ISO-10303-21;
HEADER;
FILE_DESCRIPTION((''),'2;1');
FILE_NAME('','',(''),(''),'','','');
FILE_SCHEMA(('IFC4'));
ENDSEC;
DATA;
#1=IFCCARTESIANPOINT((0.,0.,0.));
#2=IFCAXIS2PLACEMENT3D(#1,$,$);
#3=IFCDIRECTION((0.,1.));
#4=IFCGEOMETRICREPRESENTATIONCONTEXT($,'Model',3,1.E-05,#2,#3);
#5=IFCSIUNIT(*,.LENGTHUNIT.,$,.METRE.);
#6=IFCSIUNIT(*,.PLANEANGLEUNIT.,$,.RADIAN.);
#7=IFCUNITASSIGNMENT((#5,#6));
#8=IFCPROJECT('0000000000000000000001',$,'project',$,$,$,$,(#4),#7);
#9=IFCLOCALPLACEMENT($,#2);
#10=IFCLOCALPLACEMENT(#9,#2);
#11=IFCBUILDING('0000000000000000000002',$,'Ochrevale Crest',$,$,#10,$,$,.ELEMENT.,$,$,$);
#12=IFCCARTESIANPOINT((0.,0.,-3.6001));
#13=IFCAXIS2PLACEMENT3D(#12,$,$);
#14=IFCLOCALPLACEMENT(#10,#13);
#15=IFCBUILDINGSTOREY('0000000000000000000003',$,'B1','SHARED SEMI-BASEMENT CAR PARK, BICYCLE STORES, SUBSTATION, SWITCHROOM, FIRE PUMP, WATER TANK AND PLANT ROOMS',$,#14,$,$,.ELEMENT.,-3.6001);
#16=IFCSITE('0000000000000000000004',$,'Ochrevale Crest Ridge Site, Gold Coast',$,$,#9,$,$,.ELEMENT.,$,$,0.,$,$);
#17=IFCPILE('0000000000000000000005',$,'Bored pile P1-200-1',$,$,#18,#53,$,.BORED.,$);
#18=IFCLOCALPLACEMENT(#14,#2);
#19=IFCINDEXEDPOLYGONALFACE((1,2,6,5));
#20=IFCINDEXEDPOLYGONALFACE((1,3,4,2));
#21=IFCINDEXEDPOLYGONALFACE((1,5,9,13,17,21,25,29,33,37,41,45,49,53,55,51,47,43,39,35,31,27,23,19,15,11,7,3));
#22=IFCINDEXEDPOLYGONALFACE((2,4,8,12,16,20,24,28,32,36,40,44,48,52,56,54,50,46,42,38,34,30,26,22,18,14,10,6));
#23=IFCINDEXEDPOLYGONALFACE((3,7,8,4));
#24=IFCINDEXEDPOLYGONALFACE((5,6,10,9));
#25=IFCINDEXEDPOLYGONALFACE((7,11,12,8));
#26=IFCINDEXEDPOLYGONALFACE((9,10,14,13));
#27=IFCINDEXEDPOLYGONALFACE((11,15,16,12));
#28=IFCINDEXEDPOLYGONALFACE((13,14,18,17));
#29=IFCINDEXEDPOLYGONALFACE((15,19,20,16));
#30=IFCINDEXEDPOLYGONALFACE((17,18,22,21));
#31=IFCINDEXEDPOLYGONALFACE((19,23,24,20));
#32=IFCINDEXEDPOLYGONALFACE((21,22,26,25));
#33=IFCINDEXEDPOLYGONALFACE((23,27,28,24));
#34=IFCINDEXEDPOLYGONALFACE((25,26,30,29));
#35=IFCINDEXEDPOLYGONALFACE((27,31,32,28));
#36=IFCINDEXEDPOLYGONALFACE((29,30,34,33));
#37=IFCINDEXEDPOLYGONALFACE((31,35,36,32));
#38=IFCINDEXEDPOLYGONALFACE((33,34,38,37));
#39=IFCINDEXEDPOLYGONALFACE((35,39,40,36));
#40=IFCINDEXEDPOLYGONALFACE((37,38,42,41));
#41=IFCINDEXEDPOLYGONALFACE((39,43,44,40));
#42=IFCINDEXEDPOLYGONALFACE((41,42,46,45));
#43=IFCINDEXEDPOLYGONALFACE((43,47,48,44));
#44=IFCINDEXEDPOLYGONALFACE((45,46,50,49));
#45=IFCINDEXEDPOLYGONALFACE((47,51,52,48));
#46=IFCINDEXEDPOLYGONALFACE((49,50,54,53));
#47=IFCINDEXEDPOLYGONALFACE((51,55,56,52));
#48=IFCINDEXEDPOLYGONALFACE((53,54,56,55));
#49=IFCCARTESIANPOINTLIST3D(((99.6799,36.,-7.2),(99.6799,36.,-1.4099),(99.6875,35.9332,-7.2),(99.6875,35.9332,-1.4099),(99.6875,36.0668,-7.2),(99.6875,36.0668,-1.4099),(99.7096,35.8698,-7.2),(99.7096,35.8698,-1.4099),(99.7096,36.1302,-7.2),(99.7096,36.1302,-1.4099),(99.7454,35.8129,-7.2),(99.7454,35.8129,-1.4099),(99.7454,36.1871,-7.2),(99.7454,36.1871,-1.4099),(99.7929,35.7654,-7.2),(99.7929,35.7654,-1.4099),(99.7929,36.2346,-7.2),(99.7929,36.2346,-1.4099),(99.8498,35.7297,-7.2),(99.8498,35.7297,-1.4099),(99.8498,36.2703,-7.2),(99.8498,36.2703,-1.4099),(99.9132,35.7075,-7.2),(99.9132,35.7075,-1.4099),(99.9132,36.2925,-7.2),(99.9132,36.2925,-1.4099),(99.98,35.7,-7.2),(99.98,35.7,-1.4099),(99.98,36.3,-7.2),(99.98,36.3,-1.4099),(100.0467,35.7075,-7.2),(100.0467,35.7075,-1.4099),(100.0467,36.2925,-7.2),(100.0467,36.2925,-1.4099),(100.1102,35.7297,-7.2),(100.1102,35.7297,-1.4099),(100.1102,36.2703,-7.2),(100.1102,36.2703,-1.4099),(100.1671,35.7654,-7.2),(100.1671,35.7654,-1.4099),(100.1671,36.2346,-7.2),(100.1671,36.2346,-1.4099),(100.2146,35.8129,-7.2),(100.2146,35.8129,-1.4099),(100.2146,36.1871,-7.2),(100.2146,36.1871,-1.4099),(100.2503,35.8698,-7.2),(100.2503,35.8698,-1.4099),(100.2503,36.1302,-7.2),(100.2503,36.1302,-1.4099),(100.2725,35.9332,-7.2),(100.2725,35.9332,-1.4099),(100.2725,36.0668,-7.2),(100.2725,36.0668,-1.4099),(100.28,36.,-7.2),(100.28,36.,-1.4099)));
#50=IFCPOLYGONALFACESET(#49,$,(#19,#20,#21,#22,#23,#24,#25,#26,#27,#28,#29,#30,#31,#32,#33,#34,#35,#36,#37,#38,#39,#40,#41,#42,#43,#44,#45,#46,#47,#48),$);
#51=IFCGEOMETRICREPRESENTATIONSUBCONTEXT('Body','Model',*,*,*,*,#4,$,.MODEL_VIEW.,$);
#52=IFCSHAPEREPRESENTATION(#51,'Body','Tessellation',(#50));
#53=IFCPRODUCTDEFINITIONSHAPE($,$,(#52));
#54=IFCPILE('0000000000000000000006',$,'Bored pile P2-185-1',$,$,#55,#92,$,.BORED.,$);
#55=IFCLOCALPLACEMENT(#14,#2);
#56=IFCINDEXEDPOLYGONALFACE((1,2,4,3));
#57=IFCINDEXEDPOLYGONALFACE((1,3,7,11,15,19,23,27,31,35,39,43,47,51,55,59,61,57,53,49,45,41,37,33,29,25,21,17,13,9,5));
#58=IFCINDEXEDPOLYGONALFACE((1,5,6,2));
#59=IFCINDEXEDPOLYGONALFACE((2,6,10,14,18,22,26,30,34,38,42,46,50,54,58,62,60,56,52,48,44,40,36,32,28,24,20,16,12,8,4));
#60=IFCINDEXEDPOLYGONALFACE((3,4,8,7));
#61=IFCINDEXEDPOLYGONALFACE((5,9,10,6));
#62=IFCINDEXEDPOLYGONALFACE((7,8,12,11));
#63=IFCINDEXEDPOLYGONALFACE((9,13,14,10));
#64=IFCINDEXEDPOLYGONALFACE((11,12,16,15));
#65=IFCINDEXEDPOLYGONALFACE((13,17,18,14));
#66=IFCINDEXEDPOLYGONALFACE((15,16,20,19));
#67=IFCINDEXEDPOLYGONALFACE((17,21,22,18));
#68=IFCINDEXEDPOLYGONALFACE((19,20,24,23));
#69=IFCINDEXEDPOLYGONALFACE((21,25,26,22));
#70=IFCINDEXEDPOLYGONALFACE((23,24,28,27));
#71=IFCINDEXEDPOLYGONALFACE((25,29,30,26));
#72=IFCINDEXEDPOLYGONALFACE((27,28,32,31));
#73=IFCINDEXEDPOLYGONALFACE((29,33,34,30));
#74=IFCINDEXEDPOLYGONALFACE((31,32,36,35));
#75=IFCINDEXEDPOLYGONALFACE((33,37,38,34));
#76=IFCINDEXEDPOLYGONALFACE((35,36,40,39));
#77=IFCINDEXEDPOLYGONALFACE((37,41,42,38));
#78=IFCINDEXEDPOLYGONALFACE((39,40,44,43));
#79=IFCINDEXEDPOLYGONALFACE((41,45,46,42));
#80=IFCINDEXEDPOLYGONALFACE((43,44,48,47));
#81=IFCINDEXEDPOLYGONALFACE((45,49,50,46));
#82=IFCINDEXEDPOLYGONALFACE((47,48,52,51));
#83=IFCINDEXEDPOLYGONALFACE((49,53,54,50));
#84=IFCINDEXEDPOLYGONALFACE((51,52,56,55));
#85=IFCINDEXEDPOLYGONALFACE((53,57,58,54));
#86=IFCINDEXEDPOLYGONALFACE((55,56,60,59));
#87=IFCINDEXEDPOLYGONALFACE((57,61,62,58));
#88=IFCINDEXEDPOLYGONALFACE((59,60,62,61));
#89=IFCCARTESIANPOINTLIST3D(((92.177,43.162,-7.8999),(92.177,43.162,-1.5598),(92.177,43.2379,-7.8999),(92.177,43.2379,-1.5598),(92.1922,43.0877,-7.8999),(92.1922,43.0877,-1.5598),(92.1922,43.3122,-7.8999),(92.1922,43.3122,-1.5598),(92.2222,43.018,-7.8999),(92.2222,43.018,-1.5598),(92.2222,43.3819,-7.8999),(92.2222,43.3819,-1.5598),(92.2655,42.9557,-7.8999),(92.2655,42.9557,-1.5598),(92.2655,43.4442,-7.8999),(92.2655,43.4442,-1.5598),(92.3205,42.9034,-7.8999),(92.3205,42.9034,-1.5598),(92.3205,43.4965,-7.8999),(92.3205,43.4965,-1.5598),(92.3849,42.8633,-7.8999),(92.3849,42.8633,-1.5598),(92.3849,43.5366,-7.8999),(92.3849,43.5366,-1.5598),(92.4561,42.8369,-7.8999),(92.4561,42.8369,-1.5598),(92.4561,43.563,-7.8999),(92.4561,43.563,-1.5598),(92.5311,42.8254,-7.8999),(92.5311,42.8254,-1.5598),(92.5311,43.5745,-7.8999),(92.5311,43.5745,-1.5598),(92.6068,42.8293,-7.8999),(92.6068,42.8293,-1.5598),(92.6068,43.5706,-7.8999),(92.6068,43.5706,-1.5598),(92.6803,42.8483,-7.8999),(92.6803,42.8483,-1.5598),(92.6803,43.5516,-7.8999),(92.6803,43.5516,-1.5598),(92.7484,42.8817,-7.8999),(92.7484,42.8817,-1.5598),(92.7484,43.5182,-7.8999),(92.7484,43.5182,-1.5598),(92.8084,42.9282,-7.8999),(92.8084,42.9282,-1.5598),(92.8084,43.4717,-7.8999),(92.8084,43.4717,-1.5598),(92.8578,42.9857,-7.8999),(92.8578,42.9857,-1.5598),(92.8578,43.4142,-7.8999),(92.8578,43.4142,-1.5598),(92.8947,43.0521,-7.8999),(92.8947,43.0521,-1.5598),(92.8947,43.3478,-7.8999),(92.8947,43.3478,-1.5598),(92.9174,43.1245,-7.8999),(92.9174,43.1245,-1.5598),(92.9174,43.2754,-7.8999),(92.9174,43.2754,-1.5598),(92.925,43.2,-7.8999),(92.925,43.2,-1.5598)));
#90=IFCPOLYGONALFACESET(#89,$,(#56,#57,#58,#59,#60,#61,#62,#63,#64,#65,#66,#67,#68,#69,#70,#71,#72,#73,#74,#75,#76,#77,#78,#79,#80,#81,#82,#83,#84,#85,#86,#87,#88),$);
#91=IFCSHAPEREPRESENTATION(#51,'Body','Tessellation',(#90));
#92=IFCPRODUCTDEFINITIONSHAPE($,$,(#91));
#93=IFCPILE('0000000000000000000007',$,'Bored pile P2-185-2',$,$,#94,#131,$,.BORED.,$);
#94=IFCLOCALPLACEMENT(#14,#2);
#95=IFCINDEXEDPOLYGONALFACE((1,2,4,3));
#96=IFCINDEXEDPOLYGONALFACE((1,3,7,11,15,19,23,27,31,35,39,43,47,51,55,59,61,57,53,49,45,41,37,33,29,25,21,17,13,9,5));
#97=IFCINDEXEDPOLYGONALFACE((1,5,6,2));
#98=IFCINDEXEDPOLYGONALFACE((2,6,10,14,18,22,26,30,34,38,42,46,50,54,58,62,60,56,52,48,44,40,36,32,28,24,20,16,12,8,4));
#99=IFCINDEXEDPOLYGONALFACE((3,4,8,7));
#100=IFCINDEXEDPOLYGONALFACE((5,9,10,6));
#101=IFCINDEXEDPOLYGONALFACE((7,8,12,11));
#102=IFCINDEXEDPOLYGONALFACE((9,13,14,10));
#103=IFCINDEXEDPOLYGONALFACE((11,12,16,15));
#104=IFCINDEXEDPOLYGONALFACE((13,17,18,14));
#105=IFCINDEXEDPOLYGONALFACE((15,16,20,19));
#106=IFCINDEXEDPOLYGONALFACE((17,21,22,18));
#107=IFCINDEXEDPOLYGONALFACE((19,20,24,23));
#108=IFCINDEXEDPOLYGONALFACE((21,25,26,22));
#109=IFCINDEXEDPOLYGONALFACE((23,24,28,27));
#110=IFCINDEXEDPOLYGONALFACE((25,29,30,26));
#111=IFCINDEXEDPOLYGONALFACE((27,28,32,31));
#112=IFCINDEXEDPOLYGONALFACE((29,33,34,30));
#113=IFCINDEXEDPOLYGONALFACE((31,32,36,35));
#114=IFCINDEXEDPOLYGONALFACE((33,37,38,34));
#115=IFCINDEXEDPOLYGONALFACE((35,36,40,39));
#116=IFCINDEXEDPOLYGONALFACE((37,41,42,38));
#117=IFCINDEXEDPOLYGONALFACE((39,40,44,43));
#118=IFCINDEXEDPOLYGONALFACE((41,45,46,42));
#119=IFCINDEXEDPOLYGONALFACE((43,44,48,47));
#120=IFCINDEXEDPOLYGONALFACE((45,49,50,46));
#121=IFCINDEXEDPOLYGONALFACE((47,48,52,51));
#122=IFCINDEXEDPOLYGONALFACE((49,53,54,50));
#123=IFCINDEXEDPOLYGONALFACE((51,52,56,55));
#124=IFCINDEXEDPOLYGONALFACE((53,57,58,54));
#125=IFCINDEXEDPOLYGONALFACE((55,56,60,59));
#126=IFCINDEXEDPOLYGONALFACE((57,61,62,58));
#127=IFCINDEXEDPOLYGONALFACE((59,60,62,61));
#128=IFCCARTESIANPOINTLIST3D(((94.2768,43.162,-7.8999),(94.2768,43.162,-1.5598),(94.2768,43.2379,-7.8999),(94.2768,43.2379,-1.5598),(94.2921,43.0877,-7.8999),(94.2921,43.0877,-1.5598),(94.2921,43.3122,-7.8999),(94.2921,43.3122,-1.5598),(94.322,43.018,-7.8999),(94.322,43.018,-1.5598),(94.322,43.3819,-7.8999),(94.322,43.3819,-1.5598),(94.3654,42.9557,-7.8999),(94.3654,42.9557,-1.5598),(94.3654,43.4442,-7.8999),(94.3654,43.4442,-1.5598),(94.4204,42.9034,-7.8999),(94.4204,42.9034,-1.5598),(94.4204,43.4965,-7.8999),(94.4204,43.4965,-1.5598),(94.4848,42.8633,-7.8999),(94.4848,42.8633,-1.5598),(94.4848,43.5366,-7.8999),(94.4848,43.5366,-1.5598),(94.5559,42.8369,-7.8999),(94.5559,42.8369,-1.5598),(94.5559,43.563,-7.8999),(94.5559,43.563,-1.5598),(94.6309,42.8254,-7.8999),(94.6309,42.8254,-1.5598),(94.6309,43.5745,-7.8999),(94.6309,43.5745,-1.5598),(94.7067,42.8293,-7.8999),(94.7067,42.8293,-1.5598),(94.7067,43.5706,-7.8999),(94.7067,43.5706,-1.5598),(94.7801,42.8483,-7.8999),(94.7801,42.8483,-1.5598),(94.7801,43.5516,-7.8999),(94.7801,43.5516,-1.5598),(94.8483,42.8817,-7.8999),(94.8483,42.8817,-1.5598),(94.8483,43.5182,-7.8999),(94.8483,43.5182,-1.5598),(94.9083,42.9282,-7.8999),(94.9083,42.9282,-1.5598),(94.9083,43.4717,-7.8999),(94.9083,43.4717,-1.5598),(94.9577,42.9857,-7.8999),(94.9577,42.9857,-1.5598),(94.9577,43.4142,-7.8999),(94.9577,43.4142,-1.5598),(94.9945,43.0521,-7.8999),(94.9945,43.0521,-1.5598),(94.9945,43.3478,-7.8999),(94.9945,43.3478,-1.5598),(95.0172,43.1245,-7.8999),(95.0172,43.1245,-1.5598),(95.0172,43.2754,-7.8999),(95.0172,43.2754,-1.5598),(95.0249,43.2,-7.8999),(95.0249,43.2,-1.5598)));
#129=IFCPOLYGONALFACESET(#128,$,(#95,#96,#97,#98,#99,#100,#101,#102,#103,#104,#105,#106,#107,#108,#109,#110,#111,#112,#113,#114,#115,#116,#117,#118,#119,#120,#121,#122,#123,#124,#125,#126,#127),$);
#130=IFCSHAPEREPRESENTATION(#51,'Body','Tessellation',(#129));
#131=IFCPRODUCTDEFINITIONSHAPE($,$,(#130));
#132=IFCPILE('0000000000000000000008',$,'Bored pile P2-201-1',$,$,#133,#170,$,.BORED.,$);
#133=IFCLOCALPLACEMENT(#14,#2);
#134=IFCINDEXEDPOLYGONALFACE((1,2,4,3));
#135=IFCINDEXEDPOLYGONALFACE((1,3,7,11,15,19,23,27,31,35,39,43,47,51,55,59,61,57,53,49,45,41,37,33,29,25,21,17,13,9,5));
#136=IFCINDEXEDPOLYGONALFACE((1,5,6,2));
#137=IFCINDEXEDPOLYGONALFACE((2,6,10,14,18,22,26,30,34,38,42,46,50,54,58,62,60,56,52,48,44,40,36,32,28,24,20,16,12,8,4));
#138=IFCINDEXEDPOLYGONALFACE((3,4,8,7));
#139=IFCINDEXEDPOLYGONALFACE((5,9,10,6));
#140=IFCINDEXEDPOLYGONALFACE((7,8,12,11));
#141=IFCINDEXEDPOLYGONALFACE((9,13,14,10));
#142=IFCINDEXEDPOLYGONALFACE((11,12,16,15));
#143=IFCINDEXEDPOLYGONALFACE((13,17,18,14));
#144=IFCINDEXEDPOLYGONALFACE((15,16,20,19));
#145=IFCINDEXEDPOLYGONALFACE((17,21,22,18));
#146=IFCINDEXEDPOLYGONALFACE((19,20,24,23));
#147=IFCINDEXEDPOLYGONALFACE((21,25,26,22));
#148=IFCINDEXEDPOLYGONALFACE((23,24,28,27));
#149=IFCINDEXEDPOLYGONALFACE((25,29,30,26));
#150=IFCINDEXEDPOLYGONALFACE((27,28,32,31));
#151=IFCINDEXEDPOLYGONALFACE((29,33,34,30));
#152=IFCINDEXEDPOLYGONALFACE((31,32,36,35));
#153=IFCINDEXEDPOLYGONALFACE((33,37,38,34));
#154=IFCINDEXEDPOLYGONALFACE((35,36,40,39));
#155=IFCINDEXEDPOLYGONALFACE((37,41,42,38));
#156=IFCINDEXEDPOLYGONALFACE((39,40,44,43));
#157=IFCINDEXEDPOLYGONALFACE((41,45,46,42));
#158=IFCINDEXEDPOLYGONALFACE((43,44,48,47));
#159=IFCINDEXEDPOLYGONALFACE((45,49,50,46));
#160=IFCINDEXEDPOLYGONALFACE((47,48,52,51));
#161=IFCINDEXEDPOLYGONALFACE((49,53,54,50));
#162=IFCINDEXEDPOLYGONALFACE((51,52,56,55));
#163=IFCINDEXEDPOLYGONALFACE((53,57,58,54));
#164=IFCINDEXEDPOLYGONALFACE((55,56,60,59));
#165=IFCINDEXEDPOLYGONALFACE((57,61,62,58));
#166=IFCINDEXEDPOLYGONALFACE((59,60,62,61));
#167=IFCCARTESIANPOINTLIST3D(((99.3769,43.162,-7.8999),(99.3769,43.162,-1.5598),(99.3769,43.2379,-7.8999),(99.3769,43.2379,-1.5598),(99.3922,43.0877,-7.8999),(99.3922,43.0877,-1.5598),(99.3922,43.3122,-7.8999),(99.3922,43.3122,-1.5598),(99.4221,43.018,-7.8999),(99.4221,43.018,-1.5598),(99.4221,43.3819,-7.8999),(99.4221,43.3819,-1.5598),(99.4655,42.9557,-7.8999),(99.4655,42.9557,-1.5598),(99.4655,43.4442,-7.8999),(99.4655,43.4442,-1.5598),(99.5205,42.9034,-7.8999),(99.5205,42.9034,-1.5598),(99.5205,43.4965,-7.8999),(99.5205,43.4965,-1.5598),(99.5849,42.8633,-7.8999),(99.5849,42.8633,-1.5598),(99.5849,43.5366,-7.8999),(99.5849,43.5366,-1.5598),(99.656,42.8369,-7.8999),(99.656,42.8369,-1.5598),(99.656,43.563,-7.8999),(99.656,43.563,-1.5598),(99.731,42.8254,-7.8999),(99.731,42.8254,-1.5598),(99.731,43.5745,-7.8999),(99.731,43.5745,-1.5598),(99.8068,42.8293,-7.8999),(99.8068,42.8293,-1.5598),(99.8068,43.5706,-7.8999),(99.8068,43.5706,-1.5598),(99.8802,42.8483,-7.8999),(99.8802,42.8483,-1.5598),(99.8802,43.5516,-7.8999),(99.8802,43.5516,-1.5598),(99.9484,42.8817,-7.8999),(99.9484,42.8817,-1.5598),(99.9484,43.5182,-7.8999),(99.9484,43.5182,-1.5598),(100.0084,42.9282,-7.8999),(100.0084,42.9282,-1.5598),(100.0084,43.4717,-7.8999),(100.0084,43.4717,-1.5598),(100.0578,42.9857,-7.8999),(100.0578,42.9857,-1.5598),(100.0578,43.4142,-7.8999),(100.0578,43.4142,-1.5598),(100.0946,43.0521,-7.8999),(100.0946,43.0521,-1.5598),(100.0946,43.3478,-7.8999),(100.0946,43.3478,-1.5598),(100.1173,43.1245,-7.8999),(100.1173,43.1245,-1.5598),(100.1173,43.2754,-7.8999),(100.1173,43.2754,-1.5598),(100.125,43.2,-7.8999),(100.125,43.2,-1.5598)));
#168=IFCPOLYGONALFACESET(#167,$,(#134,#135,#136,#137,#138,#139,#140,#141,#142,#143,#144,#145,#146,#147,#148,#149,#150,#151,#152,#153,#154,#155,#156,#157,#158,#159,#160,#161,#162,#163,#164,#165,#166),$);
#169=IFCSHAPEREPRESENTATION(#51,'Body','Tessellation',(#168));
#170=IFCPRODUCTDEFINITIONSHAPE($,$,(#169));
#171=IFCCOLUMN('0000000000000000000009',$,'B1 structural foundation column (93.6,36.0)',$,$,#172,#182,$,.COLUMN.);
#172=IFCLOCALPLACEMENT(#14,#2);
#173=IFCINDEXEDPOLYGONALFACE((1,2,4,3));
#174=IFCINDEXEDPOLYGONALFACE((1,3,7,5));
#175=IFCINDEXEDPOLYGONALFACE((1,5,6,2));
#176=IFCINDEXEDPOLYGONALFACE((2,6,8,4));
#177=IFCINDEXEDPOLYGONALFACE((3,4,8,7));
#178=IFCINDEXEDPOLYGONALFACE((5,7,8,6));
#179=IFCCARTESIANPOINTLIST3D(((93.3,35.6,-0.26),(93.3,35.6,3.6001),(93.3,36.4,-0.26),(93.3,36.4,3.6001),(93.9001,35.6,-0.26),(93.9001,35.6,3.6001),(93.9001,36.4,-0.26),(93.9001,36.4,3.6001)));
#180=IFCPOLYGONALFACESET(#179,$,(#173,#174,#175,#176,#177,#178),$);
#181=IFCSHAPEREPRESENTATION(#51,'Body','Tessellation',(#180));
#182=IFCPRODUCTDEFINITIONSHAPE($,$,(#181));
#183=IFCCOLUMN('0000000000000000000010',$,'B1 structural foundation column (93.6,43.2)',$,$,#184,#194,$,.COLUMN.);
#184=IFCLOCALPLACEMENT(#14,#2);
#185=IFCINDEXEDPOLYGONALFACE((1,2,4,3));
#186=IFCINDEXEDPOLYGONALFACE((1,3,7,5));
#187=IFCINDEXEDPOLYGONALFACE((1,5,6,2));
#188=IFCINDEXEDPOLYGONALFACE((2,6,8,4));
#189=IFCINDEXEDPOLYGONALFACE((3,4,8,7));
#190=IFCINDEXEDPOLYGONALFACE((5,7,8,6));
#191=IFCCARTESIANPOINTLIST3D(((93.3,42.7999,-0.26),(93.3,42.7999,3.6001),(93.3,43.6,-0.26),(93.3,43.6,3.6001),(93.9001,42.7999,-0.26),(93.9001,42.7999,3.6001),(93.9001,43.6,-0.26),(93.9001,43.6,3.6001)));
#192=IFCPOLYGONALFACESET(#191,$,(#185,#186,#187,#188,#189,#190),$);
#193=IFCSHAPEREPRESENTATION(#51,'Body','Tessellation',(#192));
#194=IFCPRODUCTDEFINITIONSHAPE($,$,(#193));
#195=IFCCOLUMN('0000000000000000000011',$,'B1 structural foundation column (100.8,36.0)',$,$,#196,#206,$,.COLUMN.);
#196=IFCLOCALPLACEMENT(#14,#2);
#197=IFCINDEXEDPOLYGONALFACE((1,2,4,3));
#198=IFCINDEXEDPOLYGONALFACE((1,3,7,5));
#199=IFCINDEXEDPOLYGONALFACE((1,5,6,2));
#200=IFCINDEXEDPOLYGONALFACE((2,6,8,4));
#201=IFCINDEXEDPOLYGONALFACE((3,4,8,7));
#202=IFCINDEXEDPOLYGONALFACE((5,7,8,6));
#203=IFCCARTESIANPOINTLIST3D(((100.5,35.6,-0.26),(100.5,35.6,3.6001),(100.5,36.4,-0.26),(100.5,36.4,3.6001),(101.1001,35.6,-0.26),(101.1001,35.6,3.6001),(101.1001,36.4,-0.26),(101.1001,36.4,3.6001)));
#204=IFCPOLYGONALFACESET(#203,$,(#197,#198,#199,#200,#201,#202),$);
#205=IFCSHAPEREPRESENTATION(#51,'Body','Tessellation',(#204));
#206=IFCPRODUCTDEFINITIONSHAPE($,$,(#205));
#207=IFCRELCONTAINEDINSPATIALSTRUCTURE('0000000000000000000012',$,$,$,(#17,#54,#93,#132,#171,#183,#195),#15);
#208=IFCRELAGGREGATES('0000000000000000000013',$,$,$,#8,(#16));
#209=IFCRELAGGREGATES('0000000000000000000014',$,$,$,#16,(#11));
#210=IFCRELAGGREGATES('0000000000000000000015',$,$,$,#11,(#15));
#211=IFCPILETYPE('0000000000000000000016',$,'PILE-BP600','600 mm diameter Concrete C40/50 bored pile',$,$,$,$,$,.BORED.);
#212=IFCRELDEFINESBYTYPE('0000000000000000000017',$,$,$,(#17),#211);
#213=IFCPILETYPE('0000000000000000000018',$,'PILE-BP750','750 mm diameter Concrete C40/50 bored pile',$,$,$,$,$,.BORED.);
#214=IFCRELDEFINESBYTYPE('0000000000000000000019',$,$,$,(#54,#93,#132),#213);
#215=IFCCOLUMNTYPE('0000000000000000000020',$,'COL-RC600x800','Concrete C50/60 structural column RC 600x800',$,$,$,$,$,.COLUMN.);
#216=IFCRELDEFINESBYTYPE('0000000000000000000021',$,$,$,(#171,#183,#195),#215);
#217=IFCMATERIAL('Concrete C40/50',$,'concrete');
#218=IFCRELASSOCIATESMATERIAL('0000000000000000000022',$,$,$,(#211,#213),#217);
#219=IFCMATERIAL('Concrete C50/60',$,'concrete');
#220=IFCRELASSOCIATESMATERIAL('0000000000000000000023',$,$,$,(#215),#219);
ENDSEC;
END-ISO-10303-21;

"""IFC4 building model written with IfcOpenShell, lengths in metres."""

from ifc_helpers import new_model, si_unit, direction, frame, origin, origin_2d, place, context, subcontext, project, spatial, rectangle, circle, extrude, material, material_profile, profile_set, type_object, element, save


model = new_model("IFC4")

# Units and contexts
model_context = context("Model", 3, precision=1e-05, world=origin(), true_north=direction((0.0, 1.0)))
body_context = subcontext(model_context, "Body", "Model", "MODEL_VIEW")
ifc_project = project(units=[si_unit("LENGTHUNIT", "METRE"), si_unit("PLANEANGLEUNIT", "RADIAN")], contexts=[model_context])

# Site, building, storey
site_placement = place(None, origin())
site = spatial("IfcSite", under=ifc_project, at=site_placement, Name="Ochrevale Crest Ridge Site, Gold Coast", CompositionType="ELEMENT", RefElevation=0.0)
building_placement = place(site_placement, origin())
building = spatial("IfcBuilding", under=site, at=building_placement, Name="Ochrevale Crest", CompositionType="ELEMENT")
storey_placement = place(building_placement, frame((0.0, 0.0, -3.6001)))
storey = spatial("IfcBuildingStorey", under=building, at=storey_placement, Name="B1", Description="SHARED SEMI-BASEMENT CAR PARK, BICYCLE STORES, SUBSTATION, SWITCHROOM, FIRE PUMP, WATER TANK AND PLANT ROOMS", CompositionType="ELEMENT", Elevation=-3.6001)

# Shared definitions
ifc_material_1 = material(Name="Concrete C40/50", Category="concrete")

# Piles
ifc_material_profile_1 = material_profile(ifc_material_1, circle(Radius=0.3, at=origin_2d()), Name="BORED PILE 600")
ifc_profile_set_1 = profile_set([ifc_material_profile_1], Name="Concrete C40/50")
pile_type_1 = type_object("IfcPileType", Name="PILE-BP600", Description="600 mm diameter Concrete C40/50 bored pile", PredefinedType="BORED", material=ifc_profile_set_1)
for number, where, z_axis, x_axis, name in (
    (1, (99.98, 36.0, -1.4099), (0.0, 0.0, -1.0), (1.0, 0.0, 0.0), "Bored pile P1-200-1"),
):
    element("IfcPile", number, at=place(storey_placement, frame(where, z_axis=z_axis, x_axis=x_axis)), inside=storey, type_object=pile_type_1, Name=name, PredefinedType="BORED", context=body_context, shape_type="SweptSolid", body=[
        extrude(circle(Radius=0.3, at=origin_2d()), origin(), (0.0, 0.0, 1.0), 5.79),
    ])
ifc_material_profile_2 = material_profile(ifc_material_1, circle(Radius=0.375, at=origin_2d()), Name="BORED PILE 750")
ifc_profile_set_2 = profile_set([ifc_material_profile_2], Name="Concrete C40/50")
pile_type_2 = type_object("IfcPileType", Name="PILE-BP750", Description="750 mm diameter Concrete C40/50 bored pile", PredefinedType="BORED", material=ifc_profile_set_2)
for number, where, z_axis, x_axis, name in (
    (2, (92.55, 43.2, -1.5598), (0.0, 0.0, -1.0), (1.0, 0.0, 0.0), "Bored pile P2-185-1"),
    (3, (94.6499, 43.2, -1.5598), (0.0, 0.0, -1.0), (1.0, 0.0, 0.0), "Bored pile P2-185-2"),
    (4, (99.75, 43.2, -1.5598), (0.0, 0.0, -1.0), (1.0, 0.0, 0.0), "Bored pile P2-201-1"),
):
    element("IfcPile", number, at=place(storey_placement, frame(where, z_axis=z_axis, x_axis=x_axis)), inside=storey, type_object=pile_type_2, Name=name, PredefinedType="BORED", context=body_context, shape_type="SweptSolid", body=[
        extrude(circle(Radius=0.375, at=origin_2d()), origin(), (0.0, 0.0, 1.0), 6.3401),
    ])

# Columns
ifc_material_2 = material(Name="Concrete C50/60", Category="concrete")
ifc_material_profile_3 = material_profile(ifc_material_2, rectangle(XDim=0.6001, YDim=0.8, at=origin_2d()), Name="RC 600x800")
ifc_profile_set_3 = profile_set([ifc_material_profile_3], Name="Concrete C50/60")
column_type = type_object("IfcColumnType", Name="COL-RC600x800", Description="Concrete C50/60 structural column RC 600x800", PredefinedType="COLUMN", material=ifc_profile_set_3)
for number, where, z_axis, x_axis, name in (
    (5, (93.6001, 36.0, -0.26), (0.0, 0.0, 1.0), (1.0, 0.0, 0.0), "B1 structural foundation column (93.6,36.0)"),
    (6, (93.6001, 43.2, -0.26), (0.0, 0.0, 1.0), (1.0, 0.0, 0.0), "B1 structural foundation column (93.6,43.2)"),
    (7, (100.8, 36.0, -0.26), (0.0, 0.0, 1.0), (1.0, 0.0, 0.0), "B1 structural foundation column (100.8,36.0)"),
):
    element("IfcColumn", number, at=place(storey_placement, frame(where, z_axis=z_axis, x_axis=x_axis)), inside=storey, type_object=column_type, Name=name, PredefinedType="COLUMN", context=body_context, shape_type="SweptSolid", body=[
        extrude(rectangle(XDim=0.6001, YDim=0.8, at=origin_2d()), origin(), (0.0, 0.0, 1.0), 3.8601),
    ])

save(model, "model.ifc")
